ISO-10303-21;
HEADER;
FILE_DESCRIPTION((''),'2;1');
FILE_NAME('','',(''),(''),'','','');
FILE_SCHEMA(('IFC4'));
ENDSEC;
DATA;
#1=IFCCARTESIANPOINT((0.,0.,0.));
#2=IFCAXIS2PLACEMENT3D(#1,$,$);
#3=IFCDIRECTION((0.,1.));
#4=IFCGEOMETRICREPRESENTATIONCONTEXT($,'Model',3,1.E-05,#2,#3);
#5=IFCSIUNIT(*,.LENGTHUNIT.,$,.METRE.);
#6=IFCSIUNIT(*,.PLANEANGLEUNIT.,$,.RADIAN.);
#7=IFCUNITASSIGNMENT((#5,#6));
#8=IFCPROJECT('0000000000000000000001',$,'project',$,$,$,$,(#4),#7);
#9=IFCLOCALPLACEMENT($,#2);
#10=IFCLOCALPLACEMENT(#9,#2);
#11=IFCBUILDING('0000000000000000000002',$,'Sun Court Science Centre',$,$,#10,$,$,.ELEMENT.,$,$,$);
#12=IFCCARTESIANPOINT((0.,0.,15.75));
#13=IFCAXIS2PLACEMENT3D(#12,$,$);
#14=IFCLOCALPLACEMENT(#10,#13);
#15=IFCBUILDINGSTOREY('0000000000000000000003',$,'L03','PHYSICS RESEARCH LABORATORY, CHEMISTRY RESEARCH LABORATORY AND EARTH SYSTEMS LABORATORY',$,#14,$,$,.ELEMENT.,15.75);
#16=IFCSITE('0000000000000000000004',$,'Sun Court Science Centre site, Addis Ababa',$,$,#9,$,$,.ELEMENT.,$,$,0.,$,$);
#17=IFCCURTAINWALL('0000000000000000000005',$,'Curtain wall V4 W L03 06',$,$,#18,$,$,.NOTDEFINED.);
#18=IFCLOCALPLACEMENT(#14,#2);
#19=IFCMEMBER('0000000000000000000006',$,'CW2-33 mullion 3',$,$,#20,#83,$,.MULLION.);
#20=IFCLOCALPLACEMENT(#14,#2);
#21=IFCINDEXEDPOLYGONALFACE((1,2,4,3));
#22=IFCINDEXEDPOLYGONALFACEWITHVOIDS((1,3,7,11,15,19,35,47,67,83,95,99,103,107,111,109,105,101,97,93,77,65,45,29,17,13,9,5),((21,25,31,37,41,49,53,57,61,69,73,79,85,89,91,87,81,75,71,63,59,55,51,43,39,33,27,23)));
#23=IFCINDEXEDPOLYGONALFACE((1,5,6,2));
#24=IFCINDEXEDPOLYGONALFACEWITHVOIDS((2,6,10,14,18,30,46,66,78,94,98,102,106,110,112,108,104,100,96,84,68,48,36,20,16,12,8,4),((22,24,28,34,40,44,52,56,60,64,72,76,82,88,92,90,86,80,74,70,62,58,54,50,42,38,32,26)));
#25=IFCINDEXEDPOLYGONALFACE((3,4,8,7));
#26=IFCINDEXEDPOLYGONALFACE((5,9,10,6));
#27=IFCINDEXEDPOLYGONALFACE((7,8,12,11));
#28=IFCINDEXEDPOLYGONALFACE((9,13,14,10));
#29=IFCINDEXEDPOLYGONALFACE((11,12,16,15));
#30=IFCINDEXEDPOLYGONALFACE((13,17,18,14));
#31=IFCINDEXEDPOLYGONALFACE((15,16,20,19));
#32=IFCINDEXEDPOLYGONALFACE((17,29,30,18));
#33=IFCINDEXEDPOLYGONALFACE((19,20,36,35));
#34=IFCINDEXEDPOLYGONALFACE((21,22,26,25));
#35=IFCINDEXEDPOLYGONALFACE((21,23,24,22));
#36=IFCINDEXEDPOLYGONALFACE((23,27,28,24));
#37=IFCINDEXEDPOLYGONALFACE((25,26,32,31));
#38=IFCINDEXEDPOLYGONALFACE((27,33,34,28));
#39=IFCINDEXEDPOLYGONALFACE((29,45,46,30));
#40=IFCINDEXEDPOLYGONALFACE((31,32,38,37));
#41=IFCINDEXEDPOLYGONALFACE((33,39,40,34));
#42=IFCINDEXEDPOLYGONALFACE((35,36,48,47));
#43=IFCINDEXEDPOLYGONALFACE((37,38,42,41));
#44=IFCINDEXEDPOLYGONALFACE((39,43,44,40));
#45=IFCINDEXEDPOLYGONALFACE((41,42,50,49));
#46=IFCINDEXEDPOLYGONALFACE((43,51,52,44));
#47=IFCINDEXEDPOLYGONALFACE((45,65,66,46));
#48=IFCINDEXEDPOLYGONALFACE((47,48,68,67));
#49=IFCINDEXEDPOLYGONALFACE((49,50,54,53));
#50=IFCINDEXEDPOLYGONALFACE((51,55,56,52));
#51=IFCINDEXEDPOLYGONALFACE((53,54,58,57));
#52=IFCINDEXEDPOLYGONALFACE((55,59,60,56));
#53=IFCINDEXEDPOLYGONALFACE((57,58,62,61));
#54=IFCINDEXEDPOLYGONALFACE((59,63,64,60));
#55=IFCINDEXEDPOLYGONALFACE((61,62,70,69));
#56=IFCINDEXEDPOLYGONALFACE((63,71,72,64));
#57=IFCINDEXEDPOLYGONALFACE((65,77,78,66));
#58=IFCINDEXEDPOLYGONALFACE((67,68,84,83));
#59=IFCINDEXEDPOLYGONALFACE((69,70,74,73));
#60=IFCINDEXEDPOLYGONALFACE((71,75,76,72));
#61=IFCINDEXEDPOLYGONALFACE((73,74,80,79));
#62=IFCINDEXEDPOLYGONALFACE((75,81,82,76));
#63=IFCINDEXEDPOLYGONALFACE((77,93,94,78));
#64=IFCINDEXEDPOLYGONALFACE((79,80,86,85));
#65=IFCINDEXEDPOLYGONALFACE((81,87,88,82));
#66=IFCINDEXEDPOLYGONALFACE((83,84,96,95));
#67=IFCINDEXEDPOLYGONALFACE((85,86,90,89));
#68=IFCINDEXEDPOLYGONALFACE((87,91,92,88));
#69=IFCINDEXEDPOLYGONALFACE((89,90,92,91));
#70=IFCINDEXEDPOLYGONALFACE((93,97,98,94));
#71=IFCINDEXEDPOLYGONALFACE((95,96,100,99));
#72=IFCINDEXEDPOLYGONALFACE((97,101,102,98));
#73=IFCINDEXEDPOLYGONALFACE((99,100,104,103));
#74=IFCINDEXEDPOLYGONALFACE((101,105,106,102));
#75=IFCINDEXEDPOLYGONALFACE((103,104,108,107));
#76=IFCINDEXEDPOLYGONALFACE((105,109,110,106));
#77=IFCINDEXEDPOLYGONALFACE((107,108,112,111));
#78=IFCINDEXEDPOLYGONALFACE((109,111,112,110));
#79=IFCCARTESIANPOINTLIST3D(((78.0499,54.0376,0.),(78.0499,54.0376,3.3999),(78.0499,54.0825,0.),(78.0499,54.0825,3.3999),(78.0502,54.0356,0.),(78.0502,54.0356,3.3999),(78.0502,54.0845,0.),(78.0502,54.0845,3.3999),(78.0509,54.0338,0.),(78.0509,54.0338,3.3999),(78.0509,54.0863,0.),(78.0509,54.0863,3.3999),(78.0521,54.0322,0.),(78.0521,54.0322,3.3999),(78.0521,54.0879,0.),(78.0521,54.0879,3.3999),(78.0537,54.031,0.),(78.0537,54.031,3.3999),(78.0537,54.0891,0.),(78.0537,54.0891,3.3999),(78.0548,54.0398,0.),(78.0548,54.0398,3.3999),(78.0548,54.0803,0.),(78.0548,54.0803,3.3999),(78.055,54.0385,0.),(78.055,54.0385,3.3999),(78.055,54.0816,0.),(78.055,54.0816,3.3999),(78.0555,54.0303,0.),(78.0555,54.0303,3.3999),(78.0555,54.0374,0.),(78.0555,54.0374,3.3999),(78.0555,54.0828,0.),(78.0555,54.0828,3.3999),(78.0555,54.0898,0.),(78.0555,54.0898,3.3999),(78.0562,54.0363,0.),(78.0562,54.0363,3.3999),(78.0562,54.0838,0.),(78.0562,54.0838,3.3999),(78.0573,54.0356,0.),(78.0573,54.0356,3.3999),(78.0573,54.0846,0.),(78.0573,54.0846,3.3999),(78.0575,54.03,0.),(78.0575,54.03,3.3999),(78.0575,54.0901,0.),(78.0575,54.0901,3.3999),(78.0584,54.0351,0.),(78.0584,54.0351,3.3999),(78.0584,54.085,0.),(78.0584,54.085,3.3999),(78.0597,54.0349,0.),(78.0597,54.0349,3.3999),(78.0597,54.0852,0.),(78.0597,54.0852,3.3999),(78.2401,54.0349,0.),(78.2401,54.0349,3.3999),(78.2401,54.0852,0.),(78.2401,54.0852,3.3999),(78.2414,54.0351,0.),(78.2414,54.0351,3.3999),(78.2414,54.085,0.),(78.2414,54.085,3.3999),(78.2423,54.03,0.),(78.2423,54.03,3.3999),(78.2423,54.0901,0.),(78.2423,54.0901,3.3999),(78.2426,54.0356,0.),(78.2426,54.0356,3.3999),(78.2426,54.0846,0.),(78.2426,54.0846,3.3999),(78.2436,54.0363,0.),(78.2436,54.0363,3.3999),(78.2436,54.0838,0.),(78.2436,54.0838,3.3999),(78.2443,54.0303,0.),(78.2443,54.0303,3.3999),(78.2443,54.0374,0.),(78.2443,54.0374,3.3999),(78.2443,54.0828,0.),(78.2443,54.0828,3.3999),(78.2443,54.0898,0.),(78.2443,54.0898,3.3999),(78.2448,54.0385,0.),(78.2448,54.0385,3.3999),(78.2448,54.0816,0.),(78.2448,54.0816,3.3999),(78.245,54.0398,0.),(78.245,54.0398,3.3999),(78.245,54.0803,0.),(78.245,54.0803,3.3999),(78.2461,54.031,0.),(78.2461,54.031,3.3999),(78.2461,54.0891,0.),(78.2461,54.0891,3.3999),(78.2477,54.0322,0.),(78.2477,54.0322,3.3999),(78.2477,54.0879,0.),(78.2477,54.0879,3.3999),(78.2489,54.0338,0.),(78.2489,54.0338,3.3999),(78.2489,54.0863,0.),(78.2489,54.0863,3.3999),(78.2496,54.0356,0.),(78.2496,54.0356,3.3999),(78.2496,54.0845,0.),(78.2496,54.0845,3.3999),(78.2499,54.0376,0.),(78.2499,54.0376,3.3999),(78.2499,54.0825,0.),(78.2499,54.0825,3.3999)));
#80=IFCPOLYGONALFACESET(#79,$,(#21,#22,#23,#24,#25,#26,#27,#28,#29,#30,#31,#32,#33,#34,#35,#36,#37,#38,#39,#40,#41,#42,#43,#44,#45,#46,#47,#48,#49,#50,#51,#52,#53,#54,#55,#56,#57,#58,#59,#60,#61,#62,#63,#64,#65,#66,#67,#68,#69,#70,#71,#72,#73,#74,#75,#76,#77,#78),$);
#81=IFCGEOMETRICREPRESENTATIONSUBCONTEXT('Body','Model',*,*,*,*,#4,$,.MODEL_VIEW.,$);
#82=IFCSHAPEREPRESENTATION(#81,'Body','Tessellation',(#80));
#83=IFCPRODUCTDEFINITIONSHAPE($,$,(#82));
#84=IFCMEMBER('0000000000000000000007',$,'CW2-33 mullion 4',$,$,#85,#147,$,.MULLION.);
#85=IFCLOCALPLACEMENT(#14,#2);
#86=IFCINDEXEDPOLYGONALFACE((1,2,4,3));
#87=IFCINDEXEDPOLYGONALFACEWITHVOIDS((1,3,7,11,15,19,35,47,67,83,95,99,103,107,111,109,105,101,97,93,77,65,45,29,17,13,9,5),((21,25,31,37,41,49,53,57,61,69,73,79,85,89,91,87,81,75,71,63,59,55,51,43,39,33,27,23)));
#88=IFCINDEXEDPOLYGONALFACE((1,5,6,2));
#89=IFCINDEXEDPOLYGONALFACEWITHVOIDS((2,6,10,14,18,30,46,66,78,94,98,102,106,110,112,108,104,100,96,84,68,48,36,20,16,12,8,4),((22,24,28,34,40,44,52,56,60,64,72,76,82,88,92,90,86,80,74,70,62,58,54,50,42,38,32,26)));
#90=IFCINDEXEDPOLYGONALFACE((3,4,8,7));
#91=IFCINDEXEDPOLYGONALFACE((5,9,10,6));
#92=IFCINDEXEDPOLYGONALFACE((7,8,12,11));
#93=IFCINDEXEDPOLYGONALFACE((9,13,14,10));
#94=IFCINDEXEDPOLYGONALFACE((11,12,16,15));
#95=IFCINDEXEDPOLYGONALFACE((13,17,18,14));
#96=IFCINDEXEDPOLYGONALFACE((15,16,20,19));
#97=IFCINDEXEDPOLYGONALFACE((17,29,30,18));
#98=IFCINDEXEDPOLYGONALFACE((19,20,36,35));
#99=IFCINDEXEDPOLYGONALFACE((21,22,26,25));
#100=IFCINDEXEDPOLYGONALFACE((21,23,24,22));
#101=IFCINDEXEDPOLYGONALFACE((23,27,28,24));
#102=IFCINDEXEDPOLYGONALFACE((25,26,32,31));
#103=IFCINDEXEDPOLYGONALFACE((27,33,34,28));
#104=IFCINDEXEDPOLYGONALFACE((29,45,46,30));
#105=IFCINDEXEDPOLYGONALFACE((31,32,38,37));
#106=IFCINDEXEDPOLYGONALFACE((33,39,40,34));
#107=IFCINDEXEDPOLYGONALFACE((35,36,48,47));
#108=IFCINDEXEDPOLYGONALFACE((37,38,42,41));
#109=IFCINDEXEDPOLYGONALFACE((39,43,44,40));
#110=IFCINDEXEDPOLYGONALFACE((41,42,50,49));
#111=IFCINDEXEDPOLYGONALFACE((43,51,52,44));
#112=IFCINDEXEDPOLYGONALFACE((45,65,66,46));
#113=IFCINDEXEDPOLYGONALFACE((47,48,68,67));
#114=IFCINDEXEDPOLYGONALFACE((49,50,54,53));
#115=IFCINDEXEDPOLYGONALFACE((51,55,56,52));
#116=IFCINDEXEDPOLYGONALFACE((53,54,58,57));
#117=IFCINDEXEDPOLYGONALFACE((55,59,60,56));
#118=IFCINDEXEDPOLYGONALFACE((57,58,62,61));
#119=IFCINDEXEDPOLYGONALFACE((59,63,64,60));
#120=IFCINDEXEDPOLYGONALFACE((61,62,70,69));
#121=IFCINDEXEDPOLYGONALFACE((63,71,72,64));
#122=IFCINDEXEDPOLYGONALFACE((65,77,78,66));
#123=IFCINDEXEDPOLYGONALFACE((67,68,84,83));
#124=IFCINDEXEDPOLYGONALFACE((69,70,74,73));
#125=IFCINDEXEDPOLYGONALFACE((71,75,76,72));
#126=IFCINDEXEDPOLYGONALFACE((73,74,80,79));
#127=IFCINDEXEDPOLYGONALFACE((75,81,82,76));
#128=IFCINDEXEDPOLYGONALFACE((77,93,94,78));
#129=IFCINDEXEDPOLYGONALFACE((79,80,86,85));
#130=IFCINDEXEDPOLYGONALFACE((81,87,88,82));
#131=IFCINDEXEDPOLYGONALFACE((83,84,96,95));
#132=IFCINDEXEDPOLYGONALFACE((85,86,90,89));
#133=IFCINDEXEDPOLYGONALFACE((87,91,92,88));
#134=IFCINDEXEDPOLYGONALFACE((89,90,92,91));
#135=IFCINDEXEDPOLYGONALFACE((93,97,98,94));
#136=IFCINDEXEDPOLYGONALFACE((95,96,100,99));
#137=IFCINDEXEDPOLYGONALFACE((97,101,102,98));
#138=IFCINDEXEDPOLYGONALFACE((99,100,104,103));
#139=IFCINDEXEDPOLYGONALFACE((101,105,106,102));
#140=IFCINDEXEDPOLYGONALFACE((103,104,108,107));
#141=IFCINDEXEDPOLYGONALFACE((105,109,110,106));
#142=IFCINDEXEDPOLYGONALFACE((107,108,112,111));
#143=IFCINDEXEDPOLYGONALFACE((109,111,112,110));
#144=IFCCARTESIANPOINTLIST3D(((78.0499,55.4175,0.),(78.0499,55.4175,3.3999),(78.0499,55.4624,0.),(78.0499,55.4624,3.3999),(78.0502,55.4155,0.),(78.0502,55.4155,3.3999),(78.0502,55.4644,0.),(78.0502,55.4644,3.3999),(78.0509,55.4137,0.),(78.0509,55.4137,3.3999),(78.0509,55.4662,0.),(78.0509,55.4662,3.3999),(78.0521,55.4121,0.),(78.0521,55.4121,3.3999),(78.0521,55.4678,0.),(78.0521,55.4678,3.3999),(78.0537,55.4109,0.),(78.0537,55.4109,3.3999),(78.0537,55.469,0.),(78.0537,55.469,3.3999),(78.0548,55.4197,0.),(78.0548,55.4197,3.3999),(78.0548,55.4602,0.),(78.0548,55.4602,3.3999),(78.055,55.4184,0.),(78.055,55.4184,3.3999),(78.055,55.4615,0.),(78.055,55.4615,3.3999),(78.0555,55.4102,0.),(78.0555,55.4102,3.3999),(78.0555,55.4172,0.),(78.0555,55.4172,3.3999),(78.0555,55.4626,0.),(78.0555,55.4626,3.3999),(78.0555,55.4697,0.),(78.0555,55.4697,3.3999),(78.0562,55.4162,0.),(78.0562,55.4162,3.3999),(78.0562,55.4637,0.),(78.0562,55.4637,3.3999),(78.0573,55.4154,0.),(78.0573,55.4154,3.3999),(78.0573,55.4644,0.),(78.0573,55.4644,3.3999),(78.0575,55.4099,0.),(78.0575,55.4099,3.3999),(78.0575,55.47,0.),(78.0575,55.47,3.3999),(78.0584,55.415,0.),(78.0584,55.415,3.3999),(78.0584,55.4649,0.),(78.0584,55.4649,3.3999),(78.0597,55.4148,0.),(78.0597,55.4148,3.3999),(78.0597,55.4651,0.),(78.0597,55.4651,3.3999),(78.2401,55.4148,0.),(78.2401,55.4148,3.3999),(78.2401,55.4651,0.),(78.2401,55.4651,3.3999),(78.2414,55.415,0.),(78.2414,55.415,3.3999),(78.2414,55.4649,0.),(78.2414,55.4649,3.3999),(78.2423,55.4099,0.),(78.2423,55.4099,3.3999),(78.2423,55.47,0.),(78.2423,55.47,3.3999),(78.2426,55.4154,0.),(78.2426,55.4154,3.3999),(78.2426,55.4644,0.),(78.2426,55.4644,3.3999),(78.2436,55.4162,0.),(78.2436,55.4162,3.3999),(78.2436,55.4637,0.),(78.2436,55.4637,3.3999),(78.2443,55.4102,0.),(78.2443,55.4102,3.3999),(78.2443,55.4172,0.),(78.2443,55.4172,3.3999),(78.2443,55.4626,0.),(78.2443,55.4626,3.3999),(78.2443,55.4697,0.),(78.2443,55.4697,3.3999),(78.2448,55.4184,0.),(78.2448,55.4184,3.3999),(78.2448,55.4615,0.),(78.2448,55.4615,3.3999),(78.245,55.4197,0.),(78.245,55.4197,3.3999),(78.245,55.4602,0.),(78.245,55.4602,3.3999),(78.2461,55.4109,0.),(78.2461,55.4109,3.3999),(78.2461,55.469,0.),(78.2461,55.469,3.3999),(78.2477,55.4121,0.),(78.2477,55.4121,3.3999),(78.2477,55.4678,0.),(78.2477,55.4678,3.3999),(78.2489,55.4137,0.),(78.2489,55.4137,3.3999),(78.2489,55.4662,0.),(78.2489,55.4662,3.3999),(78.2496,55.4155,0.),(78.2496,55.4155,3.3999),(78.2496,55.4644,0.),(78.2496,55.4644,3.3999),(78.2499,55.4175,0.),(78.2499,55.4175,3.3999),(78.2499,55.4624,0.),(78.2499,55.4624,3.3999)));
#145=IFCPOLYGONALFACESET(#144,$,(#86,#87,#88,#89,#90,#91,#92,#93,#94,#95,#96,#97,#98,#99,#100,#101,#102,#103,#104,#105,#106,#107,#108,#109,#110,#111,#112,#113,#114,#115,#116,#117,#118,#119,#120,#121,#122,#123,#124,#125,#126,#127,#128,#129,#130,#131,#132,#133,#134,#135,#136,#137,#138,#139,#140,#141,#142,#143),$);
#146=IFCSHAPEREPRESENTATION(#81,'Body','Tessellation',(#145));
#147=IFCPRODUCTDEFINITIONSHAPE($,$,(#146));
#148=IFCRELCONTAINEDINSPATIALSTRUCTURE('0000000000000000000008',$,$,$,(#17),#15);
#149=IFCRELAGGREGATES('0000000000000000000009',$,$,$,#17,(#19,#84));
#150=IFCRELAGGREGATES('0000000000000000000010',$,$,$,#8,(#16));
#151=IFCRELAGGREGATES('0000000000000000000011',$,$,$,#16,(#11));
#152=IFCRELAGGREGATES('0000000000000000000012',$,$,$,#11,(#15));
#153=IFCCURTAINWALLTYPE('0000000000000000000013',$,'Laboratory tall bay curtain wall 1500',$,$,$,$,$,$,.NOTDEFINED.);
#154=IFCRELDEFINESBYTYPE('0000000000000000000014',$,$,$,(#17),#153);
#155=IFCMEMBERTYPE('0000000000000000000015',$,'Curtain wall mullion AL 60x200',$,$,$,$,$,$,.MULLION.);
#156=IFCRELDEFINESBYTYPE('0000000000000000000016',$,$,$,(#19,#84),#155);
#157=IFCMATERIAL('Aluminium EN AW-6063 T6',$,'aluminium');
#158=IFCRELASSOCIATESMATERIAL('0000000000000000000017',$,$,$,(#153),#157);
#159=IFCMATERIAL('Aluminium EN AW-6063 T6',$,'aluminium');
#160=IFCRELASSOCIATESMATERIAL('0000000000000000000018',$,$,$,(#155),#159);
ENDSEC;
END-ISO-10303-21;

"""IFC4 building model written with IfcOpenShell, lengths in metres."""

from ifc_helpers import new_model, si_unit, direction, frame, origin, origin_2d, place, context, subcontext, project, spatial, hollow_rectangle, extrude, material, material_profile, profile_set, type_object, element, aggregate, save


model = new_model("IFC4")

# Units and contexts
model_context = context("Model", 3, precision=1e-05, world=origin(), true_north=direction((0.0, 1.0)))
body_context = subcontext(model_context, "Body", "Model", "MODEL_VIEW")
ifc_project = project(units=[si_unit("LENGTHUNIT", "METRE"), si_unit("PLANEANGLEUNIT", "RADIAN")], contexts=[model_context])

# Site, building, storey
site_placement = place(None, origin())
site = spatial("IfcSite", under=ifc_project, at=site_placement, Name="Sun Court Science Centre site, Addis Ababa", CompositionType="ELEMENT", RefElevation=0.0)
building_placement = place(site_placement, origin())
building = spatial("IfcBuilding", under=site, at=building_placement, Name="Sun Court Science Centre", CompositionType="ELEMENT")
storey_placement = place(building_placement, frame((0.0, 0.0, 15.75)))
storey = spatial("IfcBuildingStorey", under=building, at=storey_placement, Name="L03", Description="PHYSICS RESEARCH LABORATORY, CHEMISTRY RESEARCH LABORATORY AND EARTH SYSTEMS LABORATORY", CompositionType="ELEMENT", Elevation=15.75)

# Curtain wall, members
ifc_material_1 = material(Name="Aluminium EN AW-6063 T6", Category="aluminium")
curtain_wall_type = type_object("IfcCurtainWallType", Name="Laboratory tall bay curtain wall 1500", PredefinedType="NOTDEFINED", material=ifc_material_1)
curtain_wall_1_placement = place(storey_placement, origin())
curtain_wall_1 = element("IfcCurtainWall", 1, at=curtain_wall_1_placement, inside=storey, type_object=curtain_wall_type, Name="Curtain wall V4 W L03 06", PredefinedType="NOTDEFINED")
ifc_material_2 = material(Name="Aluminium EN AW-6063 T6", Category="aluminium")
ifc_material_profile_1 = material_profile(ifc_material_2, hollow_rectangle(XDim=0.0601, YDim=0.2, WallThickness=0.0049, InnerFilletRadius=0.0049, OuterFilletRadius=0.0076, at=origin_2d()), Name="AL 60x200x5")
ifc_profile_set_1 = profile_set([ifc_material_profile_1], Name="Aluminium EN AW-6063 T6")
member_type_1 = type_object("IfcMemberType", Name="Curtain wall mullion AL 60x200", PredefinedType="MULLION", material=ifc_profile_set_1)
member_1_placement = place(storey_placement, frame((78.1499, 54.0601, 0.0), z_axis=(0.0, 0.0, 1.0), x_axis=(0.0, 1.0, 0.0)))
member_1 = element("IfcMember", 2, at=member_1_placement, type_object=member_type_1, Name="CW2-33 mullion 3", PredefinedType="MULLION", context=body_context, shape_type="SweptSolid", body=[
    extrude(hollow_rectangle(XDim=0.0601, YDim=0.2, WallThickness=0.0049, InnerFilletRadius=0.0049, OuterFilletRadius=0.0076, at=origin_2d()), origin(), (0.0, 0.0, 1.0), 3.3999),
])
member_2_placement = place(storey_placement, frame((78.1499, 55.4399, 0.0), z_axis=(0.0, 0.0, 1.0), x_axis=(0.0, 1.0, 0.0)))
member_2 = element("IfcMember", 3, at=member_2_placement, type_object=member_type_1, Name="CW2-33 mullion 4", PredefinedType="MULLION", context=body_context, shape_type="SweptSolid", body=[
    extrude(hollow_rectangle(XDim=0.0601, YDim=0.2, WallThickness=0.0049, InnerFilletRadius=0.0049, OuterFilletRadius=0.0076, at=origin_2d()), origin(), (0.0, 0.0, 1.0), 3.3999),
])

aggregate(curtain_wall_1, [member_1, member_2])

save(model, "model.ifc")
